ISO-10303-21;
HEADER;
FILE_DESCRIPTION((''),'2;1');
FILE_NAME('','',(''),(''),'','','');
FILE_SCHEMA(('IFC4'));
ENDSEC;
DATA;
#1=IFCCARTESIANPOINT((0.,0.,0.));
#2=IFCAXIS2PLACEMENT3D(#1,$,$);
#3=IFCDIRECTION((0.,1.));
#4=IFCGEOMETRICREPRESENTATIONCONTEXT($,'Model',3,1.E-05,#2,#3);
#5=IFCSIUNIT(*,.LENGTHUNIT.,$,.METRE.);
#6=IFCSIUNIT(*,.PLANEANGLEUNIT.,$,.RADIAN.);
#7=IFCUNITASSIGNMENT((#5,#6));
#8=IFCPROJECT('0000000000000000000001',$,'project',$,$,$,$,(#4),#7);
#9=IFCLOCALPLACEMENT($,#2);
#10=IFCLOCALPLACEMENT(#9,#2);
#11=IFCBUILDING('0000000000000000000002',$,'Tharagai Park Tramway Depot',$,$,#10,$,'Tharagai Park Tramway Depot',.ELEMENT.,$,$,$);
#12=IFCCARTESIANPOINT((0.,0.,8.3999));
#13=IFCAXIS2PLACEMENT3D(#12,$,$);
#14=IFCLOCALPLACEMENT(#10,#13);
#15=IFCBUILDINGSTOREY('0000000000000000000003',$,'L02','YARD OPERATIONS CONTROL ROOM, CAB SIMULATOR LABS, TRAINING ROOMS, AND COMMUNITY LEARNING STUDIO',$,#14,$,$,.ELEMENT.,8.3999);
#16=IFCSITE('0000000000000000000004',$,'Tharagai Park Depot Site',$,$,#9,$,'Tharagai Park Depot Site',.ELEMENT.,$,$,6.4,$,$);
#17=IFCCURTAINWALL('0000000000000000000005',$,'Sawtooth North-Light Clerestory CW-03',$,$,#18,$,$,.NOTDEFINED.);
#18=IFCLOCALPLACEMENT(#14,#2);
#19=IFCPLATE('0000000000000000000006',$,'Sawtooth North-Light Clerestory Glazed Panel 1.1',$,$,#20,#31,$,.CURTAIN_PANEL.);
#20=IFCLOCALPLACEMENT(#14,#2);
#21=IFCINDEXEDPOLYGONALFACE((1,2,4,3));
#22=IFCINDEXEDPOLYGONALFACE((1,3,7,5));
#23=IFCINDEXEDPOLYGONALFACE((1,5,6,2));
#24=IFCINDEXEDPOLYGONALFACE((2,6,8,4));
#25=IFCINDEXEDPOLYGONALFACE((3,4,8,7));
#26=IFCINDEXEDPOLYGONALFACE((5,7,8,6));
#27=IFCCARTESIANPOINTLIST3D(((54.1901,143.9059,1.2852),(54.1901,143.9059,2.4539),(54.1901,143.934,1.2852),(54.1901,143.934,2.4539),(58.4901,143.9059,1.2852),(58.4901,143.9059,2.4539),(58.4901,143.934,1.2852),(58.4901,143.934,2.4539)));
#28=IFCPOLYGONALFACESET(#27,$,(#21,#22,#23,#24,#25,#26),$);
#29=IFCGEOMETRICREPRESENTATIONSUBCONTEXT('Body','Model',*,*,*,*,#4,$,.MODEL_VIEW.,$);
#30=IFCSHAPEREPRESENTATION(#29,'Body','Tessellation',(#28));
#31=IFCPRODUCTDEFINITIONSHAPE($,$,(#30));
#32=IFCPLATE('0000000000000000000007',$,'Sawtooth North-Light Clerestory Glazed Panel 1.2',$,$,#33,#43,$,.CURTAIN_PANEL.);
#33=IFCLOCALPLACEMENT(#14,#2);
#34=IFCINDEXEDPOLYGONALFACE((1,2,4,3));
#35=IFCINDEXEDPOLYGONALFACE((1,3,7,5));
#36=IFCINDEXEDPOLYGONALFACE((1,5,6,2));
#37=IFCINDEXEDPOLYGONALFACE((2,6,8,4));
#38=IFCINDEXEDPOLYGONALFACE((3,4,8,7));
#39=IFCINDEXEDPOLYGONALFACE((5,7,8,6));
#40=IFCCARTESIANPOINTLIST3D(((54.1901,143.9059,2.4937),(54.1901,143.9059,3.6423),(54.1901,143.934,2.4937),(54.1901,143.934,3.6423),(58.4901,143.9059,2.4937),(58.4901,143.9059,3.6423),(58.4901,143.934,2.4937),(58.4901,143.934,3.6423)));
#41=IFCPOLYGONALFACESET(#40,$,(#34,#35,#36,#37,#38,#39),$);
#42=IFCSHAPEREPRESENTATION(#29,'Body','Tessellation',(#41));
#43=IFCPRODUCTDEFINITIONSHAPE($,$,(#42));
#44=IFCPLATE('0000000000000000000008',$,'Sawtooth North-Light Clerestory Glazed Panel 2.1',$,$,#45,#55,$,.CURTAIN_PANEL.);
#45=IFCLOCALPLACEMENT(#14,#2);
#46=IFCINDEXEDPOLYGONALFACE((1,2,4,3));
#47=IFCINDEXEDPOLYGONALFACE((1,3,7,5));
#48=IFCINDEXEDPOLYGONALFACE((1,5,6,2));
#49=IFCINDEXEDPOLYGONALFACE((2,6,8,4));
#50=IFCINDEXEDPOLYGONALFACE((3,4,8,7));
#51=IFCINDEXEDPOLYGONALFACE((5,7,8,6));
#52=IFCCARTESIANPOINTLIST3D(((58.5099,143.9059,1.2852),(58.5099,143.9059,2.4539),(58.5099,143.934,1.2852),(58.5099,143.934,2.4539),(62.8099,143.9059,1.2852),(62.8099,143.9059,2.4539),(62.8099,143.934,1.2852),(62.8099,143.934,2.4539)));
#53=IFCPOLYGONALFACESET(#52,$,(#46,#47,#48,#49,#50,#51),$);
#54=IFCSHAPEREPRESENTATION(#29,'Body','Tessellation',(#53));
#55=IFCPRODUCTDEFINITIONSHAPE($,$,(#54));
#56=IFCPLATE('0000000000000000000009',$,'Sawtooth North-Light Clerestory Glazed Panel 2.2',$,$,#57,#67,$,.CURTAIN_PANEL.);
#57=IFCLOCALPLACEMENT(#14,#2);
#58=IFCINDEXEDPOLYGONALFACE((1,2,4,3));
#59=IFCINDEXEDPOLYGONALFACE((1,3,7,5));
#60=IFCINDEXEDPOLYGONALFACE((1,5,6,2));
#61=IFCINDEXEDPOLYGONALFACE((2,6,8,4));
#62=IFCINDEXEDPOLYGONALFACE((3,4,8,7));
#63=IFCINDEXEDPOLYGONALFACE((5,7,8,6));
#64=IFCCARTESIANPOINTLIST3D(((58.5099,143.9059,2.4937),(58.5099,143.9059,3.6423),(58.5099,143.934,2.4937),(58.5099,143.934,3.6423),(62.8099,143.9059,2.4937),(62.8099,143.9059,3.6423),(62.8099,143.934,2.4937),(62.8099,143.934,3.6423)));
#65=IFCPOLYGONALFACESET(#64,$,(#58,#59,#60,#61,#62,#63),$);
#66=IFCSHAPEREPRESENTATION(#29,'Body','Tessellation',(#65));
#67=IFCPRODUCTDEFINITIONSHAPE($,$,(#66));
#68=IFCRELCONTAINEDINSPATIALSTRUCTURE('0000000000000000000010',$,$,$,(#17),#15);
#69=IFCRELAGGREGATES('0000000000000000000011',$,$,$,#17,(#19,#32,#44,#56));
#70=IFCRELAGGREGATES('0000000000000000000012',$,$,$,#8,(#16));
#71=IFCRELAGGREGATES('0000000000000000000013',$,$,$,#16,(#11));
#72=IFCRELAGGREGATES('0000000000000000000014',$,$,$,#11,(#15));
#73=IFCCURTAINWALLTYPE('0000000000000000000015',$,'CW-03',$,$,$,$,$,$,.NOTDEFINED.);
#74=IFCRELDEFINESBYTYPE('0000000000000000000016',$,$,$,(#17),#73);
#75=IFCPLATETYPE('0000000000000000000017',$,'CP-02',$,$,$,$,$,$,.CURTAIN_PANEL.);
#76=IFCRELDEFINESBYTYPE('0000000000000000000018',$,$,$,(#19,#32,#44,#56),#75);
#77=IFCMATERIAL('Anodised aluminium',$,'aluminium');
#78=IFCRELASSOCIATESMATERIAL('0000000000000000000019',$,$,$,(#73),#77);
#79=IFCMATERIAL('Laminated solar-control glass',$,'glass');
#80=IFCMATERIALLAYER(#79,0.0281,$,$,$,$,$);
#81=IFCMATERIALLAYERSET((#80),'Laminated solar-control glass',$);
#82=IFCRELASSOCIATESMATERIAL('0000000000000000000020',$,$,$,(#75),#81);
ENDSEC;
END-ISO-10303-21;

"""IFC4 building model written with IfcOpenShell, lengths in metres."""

from ifc_helpers import new_model, si_unit, direction, frame, origin, origin_2d, place, context, subcontext, project, spatial, rectangle, extrude, material, layer, layer_set, type_object, element, aggregate, save


model = new_model("IFC4")

# Units and contexts
model_context = context("Model", 3, precision=1e-05, world=origin(), true_north=direction((0.0, 1.0)))
body_context = subcontext(model_context, "Body", "Model", "MODEL_VIEW")
ifc_project = project(units=[si_unit("LENGTHUNIT", "METRE"), si_unit("PLANEANGLEUNIT", "RADIAN")], contexts=[model_context])

# Site, building, storey
site_placement = place(None, origin())
site = spatial("IfcSite", under=ifc_project, at=site_placement, Name="Tharagai Park Depot Site", LongName="Tharagai Park Depot Site", CompositionType="ELEMENT", RefElevation=6.4)
building_placement = place(site_placement, origin())
building = spatial("IfcBuilding", under=site, at=building_placement, Name="Tharagai Park Tramway Depot", LongName="Tharagai Park Tramway Depot", CompositionType="ELEMENT")
storey_placement = place(building_placement, frame((0.0, 0.0, 8.3999)))
storey = spatial("IfcBuildingStorey", under=building, at=storey_placement, Name="L02", Description="YARD OPERATIONS CONTROL ROOM, CAB SIMULATOR LABS, TRAINING ROOMS, AND COMMUNITY LEARNING STUDIO", CompositionType="ELEMENT", Elevation=8.3999)

# Curtain wall
ifc_material_1 = material(Name="Anodised aluminium", Category="aluminium")
curtain_wall_type = type_object("IfcCurtainWallType", Name="CW-03", PredefinedType="NOTDEFINED", material=ifc_material_1)
curtain_wall_placement = place(storey_placement, origin())
curtain_wall = element("IfcCurtainWall", 1, at=curtain_wall_placement, inside=storey, type_object=curtain_wall_type, Name="Sawtooth North-Light Clerestory CW-03", PredefinedType="NOTDEFINED")

# Plates
ifc_material_2 = material(Name="Laminated solar-control glass", Category="glass")
ifc_layer = layer(ifc_material_2, 0.0281)
ifc_layer_set = layer_set([ifc_layer], Name="Laminated solar-control glass")
plate_type = type_object("IfcPlateType", Name="CP-02", PredefinedType="CURTAIN_PANEL", material=ifc_layer_set)
plate_1_placement = place(storey_placement, frame((56.3401, 143.9199, 1.2852), z_axis=(0.0, 0.0, 1.0), x_axis=(1.0, 0.0, 0.0)))
plate_1 = element("IfcPlate", 2, at=plate_1_placement, type_object=plate_type, Name="Sawtooth North-Light Clerestory Glazed Panel 1.1", PredefinedType="CURTAIN_PANEL", context=body_context, shape_type="SweptSolid", body=[
    extrude(rectangle(XDim=4.3, YDim=0.0281, at=origin_2d()), origin(), (0.0, 0.0, 1.0), 1.1687),
])
plate_2_placement = place(storey_placement, frame((56.3401, 143.9199, 2.4937), z_axis=(0.0, 0.0, 1.0), x_axis=(1.0, 0.0, 0.0)))
plate_2 = element("IfcPlate", 3, at=plate_2_placement, type_object=plate_type, Name="Sawtooth North-Light Clerestory Glazed Panel 1.2", PredefinedType="CURTAIN_PANEL", context=body_context, shape_type="SweptSolid", body=[
    extrude(rectangle(XDim=4.3, YDim=0.0281, at=origin_2d()), origin(), (0.0, 0.0, 1.0), 1.1487),
])
plate_3_placement = place(storey_placement, frame((60.6599, 143.9199, 1.2852), z_axis=(0.0, 0.0, 1.0), x_axis=(1.0, 0.0, 0.0)))
plate_3 = element("IfcPlate", 4, at=plate_3_placement, type_object=plate_type, Name="Sawtooth North-Light Clerestory Glazed Panel 2.1", PredefinedType="CURTAIN_PANEL", context=body_context, shape_type="SweptSolid", body=[
    extrude(rectangle(XDim=4.3, YDim=0.0281, at=origin_2d()), origin(), (0.0, 0.0, 1.0), 1.1687),
])
plate_4_placement = place(storey_placement, frame((60.6599, 143.9199, 2.4937), z_axis=(0.0, 0.0, 1.0), x_axis=(1.0, 0.0, 0.0)))
plate_4 = element("IfcPlate", 5, at=plate_4_placement, type_object=plate_type, Name="Sawtooth North-Light Clerestory Glazed Panel 2.2", PredefinedType="CURTAIN_PANEL", context=body_context, shape_type="SweptSolid", body=[
    extrude(rectangle(XDim=4.3, YDim=0.0281, at=origin_2d()), origin(), (0.0, 0.0, 1.0), 1.1487),
])
aggregate(curtain_wall, [plate_1, plate_2, plate_3, plate_4])

save(model, "model.ifc")
